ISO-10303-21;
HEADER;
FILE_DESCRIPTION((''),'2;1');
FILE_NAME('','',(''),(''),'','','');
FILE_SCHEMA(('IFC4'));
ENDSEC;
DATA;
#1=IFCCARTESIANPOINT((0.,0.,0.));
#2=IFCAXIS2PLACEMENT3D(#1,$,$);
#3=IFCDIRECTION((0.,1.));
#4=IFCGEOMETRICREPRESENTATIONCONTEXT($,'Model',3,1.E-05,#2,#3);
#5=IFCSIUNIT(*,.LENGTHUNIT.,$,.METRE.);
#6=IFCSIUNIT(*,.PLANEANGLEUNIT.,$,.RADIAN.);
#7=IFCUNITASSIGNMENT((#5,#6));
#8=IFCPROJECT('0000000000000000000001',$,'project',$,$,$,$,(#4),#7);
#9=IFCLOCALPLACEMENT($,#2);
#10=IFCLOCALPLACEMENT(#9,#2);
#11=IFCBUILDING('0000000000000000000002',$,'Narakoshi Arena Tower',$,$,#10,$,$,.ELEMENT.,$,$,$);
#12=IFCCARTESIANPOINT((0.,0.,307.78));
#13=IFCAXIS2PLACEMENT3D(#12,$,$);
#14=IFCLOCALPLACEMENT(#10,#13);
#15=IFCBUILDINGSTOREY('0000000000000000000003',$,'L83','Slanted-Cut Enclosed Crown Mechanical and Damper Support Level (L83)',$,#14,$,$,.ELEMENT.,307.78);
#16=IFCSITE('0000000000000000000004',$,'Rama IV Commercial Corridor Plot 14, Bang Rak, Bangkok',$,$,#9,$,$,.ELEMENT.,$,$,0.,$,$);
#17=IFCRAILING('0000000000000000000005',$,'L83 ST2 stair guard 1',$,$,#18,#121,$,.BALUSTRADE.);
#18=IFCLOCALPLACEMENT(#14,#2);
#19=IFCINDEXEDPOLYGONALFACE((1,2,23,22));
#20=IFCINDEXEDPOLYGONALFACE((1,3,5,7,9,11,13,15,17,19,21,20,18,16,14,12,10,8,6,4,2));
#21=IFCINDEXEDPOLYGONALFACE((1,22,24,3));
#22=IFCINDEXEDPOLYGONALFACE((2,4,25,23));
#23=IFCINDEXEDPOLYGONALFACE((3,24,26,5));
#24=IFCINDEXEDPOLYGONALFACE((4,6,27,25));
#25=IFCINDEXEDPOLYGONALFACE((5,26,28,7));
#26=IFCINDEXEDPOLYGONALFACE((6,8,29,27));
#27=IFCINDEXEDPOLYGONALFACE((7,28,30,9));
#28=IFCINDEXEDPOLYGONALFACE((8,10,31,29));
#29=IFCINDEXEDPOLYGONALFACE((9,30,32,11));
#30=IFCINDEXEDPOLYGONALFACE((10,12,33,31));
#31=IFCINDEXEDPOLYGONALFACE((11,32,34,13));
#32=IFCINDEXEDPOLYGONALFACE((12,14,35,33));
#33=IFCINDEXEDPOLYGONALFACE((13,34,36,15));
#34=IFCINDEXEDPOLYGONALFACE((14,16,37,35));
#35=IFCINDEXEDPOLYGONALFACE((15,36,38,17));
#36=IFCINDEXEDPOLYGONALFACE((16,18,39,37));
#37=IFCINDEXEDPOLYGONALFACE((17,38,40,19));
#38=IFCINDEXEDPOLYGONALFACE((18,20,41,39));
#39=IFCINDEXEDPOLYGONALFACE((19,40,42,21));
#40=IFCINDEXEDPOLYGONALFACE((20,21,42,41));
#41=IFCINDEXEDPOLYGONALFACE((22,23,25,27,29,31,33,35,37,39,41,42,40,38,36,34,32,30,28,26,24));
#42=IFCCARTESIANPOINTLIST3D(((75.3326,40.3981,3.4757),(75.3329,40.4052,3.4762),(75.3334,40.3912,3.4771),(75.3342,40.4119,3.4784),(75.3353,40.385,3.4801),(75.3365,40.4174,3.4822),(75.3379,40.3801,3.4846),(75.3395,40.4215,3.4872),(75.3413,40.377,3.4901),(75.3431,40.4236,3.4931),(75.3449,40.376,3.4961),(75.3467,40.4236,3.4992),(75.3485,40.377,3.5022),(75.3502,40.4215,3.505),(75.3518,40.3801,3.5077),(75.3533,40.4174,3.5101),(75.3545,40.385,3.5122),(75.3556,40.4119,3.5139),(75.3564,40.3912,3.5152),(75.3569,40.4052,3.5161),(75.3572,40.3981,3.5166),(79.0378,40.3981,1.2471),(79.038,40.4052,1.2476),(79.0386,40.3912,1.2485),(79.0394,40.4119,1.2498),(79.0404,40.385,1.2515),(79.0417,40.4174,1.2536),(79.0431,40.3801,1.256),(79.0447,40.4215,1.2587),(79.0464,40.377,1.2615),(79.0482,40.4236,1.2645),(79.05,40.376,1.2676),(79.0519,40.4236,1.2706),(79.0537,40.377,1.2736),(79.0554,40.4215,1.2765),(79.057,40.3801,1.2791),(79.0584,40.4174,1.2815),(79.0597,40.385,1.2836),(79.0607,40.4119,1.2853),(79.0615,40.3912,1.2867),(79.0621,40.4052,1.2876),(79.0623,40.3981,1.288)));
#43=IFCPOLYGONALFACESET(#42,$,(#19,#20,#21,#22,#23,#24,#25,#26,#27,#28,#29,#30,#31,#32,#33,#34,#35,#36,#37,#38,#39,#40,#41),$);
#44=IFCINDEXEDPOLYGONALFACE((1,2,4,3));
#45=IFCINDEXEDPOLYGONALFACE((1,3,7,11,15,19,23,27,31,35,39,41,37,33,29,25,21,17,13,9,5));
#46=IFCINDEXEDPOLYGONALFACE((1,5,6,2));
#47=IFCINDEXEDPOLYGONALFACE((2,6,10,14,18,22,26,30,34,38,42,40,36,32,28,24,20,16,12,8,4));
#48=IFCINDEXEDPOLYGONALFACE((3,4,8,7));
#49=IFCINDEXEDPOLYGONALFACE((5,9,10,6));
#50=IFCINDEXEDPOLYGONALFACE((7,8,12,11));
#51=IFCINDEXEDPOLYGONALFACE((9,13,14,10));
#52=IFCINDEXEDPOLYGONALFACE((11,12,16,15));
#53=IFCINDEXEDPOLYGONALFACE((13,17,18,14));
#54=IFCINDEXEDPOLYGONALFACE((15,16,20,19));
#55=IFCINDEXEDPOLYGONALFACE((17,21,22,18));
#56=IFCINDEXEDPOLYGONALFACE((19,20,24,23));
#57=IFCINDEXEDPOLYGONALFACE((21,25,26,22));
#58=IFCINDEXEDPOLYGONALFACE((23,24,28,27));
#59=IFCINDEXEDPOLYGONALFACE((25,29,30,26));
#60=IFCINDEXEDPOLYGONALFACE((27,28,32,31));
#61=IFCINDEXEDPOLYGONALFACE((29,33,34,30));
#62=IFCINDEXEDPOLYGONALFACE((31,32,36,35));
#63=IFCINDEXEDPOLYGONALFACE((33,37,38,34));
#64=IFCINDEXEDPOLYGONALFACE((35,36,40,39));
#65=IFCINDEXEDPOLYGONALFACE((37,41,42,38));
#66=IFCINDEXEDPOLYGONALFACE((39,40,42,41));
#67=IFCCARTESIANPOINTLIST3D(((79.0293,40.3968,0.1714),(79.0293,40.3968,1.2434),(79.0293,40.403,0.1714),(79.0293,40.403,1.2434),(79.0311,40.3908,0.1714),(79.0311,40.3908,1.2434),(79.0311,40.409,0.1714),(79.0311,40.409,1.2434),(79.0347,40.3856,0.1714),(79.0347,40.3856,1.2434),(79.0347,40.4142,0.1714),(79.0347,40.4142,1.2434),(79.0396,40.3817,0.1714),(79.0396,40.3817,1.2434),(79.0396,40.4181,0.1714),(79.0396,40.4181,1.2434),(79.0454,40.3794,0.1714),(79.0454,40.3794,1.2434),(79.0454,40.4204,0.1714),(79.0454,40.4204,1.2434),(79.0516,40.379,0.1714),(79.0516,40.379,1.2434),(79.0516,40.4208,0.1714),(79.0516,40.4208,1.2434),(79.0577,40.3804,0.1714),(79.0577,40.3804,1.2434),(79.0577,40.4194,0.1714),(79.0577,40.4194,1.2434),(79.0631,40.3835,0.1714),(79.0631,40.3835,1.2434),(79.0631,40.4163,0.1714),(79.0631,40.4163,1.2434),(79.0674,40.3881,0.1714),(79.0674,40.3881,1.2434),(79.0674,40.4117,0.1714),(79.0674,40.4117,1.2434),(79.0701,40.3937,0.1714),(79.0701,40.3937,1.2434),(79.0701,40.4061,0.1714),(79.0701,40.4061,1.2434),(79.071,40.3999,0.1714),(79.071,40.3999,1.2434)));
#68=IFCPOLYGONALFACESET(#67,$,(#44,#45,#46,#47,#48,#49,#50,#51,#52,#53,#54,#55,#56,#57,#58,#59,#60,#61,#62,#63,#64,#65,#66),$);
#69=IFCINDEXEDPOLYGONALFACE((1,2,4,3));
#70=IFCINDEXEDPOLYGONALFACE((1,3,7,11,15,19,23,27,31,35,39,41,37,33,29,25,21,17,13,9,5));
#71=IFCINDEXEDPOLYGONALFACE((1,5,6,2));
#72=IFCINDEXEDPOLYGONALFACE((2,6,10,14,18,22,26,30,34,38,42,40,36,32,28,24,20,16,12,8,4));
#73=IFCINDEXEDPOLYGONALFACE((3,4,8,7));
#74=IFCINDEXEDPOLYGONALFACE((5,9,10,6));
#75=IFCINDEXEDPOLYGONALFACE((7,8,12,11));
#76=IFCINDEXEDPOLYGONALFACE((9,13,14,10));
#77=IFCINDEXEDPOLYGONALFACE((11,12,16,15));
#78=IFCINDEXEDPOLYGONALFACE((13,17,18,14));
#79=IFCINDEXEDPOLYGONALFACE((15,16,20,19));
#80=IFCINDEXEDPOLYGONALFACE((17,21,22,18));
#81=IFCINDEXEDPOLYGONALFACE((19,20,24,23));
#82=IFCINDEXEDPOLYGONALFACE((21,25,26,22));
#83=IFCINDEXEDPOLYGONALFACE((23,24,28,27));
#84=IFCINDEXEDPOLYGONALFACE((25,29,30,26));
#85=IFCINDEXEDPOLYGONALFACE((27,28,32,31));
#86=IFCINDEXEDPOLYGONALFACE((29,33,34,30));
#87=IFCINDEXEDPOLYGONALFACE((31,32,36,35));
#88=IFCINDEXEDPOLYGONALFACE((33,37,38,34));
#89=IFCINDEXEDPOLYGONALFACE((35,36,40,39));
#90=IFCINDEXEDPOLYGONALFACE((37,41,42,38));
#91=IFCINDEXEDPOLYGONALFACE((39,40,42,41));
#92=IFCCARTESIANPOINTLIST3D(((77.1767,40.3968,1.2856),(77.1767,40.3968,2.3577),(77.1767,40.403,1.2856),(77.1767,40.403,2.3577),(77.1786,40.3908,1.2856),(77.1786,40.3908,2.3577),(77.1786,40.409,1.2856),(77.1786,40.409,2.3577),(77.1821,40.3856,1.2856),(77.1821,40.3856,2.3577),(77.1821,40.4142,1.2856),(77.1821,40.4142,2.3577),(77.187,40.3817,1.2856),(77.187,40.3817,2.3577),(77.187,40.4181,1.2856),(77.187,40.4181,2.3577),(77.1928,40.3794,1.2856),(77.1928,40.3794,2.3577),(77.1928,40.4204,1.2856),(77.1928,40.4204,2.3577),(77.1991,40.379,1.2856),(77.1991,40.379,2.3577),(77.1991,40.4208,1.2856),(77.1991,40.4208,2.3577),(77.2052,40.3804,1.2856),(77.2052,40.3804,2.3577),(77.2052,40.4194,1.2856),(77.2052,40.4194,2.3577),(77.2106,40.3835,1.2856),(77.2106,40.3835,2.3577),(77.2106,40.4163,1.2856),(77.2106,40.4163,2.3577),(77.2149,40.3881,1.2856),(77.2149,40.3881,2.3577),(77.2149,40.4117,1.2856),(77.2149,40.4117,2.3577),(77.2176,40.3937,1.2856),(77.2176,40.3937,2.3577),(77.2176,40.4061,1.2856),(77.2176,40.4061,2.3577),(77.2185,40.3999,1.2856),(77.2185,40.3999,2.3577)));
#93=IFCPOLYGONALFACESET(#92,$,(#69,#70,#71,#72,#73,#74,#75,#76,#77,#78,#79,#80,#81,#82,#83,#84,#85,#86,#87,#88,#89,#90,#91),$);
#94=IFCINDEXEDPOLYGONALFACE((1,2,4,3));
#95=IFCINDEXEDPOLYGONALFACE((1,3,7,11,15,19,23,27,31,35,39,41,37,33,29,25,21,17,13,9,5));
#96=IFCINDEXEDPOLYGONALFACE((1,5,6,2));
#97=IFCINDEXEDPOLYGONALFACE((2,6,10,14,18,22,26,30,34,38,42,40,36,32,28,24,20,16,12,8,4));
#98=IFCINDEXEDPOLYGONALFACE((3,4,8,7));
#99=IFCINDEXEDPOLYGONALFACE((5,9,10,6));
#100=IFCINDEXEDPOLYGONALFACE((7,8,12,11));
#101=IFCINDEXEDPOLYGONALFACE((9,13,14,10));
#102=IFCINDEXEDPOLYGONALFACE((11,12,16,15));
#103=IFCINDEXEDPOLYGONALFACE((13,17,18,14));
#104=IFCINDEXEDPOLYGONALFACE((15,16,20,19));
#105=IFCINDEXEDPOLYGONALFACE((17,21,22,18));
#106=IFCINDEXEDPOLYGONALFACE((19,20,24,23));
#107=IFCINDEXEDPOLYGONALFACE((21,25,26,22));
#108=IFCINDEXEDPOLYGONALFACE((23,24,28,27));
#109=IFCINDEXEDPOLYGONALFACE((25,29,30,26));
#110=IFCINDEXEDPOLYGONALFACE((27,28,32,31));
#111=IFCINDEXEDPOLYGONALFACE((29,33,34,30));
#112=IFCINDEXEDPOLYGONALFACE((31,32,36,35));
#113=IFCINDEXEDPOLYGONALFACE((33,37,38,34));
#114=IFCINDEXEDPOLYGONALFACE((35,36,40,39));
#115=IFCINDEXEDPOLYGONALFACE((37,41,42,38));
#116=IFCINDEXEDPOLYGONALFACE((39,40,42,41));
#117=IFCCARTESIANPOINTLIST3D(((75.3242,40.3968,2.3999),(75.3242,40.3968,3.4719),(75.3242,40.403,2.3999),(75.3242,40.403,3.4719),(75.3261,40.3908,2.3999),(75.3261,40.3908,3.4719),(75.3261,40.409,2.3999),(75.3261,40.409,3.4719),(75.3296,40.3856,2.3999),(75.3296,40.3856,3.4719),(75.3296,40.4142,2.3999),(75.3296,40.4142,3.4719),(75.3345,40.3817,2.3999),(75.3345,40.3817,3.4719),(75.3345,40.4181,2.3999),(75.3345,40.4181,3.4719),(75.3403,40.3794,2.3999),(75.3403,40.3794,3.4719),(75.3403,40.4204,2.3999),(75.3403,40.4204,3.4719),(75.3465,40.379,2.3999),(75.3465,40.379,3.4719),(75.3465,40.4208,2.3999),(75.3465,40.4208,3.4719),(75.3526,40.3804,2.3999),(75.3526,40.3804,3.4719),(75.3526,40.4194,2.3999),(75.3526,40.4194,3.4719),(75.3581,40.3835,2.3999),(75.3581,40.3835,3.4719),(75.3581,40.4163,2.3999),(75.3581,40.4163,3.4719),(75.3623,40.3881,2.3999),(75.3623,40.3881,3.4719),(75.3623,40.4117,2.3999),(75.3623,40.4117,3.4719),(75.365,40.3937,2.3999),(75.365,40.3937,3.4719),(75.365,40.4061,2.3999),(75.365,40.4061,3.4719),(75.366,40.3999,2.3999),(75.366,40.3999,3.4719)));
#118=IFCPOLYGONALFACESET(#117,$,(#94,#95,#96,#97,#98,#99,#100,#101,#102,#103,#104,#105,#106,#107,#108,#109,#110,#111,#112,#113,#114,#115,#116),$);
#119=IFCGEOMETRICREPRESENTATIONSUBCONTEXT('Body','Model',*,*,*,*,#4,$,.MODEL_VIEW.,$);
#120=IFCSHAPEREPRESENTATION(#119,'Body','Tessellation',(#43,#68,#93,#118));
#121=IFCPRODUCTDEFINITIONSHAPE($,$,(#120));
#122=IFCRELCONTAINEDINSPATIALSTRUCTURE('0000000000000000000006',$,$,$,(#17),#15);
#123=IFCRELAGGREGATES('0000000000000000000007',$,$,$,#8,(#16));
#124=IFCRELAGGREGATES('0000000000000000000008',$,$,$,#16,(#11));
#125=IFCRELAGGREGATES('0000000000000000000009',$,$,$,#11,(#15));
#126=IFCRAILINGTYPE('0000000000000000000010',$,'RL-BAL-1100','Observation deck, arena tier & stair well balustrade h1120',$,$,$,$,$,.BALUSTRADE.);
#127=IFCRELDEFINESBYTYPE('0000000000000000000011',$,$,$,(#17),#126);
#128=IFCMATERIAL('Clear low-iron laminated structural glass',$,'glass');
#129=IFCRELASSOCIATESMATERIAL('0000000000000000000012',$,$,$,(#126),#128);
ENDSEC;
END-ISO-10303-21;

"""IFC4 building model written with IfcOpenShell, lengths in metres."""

from ifc_helpers import new_model, si_unit, direction, frame, origin, origin_2d, place, context, subcontext, project, spatial, circle, extrude, material, type_object, element, save


model = new_model("IFC4")

# Units and contexts
model_context = context("Model", 3, precision=1e-05, world=origin(), true_north=direction((0.0, 1.0)))
body_context = subcontext(model_context, "Body", "Model", "MODEL_VIEW")
ifc_project = project(units=[si_unit("LENGTHUNIT", "METRE"), si_unit("PLANEANGLEUNIT", "RADIAN")], contexts=[model_context])

# Site, building, storey
site_placement = place(None, origin())
site = spatial("IfcSite", under=ifc_project, at=site_placement, Name="Rama IV Commercial Corridor Plot 14, Bang Rak, Bangkok", CompositionType="ELEMENT", RefElevation=0.0)
building_placement = place(site_placement, origin())
building = spatial("IfcBuilding", under=site, at=building_placement, Name="Narakoshi Arena Tower", CompositionType="ELEMENT")
storey_placement = place(building_placement, frame((0.0, 0.0, 307.78)))
storey = spatial("IfcBuildingStorey", under=building, at=storey_placement, Name="L83", Description="Slanted-Cut Enclosed Crown Mechanical and Damper Support Level (L83)", CompositionType="ELEMENT", Elevation=307.78)

# Railing
ifc_material_1 = material(Name="Clear low-iron laminated structural glass", Category="glass")
railing_type_1 = type_object("IfcRailingType", Name="RL-BAL-1100", Description="Observation deck, arena tier & stair well balustrade h1120", PredefinedType="BALUSTRADE", material=ifc_material_1)
railing_1_placement = place(storey_placement, frame((79.05, 40.3999, 0.1714)))
element("IfcRailing", 1, at=railing_1_placement, inside=storey, type_object=railing_type_1, Name="L83 ST2 stair guard 1", PredefinedType="BALUSTRADE", context=body_context, shape_type="SweptSolid", body=[
    extrude(circle(Radius=0.0239, at=origin_2d()), frame((0.0, 0.0, 1.0962), z_axis=(-0.856934, 0.0, 0.515425), x_axis=(0.0, -1.0, 0.0)), (0.0, 0.0, 1.0), 4.3237),
    extrude(circle(Radius=0.021, at=origin_2d()), origin(), (0.0, 0.0, 1.0), 1.072),
    extrude(circle(Radius=0.021, at=origin_2d()), frame((-1.8525, 0.0, 1.1143)), (0.0, 0.0, 1.0), 1.072),
    extrude(circle(Radius=0.021, at=origin_2d()), frame((-3.7051, 0.0, 2.2285)), (0.0, 0.0, 1.0), 1.072),
])

save(model, "model.ifc")
